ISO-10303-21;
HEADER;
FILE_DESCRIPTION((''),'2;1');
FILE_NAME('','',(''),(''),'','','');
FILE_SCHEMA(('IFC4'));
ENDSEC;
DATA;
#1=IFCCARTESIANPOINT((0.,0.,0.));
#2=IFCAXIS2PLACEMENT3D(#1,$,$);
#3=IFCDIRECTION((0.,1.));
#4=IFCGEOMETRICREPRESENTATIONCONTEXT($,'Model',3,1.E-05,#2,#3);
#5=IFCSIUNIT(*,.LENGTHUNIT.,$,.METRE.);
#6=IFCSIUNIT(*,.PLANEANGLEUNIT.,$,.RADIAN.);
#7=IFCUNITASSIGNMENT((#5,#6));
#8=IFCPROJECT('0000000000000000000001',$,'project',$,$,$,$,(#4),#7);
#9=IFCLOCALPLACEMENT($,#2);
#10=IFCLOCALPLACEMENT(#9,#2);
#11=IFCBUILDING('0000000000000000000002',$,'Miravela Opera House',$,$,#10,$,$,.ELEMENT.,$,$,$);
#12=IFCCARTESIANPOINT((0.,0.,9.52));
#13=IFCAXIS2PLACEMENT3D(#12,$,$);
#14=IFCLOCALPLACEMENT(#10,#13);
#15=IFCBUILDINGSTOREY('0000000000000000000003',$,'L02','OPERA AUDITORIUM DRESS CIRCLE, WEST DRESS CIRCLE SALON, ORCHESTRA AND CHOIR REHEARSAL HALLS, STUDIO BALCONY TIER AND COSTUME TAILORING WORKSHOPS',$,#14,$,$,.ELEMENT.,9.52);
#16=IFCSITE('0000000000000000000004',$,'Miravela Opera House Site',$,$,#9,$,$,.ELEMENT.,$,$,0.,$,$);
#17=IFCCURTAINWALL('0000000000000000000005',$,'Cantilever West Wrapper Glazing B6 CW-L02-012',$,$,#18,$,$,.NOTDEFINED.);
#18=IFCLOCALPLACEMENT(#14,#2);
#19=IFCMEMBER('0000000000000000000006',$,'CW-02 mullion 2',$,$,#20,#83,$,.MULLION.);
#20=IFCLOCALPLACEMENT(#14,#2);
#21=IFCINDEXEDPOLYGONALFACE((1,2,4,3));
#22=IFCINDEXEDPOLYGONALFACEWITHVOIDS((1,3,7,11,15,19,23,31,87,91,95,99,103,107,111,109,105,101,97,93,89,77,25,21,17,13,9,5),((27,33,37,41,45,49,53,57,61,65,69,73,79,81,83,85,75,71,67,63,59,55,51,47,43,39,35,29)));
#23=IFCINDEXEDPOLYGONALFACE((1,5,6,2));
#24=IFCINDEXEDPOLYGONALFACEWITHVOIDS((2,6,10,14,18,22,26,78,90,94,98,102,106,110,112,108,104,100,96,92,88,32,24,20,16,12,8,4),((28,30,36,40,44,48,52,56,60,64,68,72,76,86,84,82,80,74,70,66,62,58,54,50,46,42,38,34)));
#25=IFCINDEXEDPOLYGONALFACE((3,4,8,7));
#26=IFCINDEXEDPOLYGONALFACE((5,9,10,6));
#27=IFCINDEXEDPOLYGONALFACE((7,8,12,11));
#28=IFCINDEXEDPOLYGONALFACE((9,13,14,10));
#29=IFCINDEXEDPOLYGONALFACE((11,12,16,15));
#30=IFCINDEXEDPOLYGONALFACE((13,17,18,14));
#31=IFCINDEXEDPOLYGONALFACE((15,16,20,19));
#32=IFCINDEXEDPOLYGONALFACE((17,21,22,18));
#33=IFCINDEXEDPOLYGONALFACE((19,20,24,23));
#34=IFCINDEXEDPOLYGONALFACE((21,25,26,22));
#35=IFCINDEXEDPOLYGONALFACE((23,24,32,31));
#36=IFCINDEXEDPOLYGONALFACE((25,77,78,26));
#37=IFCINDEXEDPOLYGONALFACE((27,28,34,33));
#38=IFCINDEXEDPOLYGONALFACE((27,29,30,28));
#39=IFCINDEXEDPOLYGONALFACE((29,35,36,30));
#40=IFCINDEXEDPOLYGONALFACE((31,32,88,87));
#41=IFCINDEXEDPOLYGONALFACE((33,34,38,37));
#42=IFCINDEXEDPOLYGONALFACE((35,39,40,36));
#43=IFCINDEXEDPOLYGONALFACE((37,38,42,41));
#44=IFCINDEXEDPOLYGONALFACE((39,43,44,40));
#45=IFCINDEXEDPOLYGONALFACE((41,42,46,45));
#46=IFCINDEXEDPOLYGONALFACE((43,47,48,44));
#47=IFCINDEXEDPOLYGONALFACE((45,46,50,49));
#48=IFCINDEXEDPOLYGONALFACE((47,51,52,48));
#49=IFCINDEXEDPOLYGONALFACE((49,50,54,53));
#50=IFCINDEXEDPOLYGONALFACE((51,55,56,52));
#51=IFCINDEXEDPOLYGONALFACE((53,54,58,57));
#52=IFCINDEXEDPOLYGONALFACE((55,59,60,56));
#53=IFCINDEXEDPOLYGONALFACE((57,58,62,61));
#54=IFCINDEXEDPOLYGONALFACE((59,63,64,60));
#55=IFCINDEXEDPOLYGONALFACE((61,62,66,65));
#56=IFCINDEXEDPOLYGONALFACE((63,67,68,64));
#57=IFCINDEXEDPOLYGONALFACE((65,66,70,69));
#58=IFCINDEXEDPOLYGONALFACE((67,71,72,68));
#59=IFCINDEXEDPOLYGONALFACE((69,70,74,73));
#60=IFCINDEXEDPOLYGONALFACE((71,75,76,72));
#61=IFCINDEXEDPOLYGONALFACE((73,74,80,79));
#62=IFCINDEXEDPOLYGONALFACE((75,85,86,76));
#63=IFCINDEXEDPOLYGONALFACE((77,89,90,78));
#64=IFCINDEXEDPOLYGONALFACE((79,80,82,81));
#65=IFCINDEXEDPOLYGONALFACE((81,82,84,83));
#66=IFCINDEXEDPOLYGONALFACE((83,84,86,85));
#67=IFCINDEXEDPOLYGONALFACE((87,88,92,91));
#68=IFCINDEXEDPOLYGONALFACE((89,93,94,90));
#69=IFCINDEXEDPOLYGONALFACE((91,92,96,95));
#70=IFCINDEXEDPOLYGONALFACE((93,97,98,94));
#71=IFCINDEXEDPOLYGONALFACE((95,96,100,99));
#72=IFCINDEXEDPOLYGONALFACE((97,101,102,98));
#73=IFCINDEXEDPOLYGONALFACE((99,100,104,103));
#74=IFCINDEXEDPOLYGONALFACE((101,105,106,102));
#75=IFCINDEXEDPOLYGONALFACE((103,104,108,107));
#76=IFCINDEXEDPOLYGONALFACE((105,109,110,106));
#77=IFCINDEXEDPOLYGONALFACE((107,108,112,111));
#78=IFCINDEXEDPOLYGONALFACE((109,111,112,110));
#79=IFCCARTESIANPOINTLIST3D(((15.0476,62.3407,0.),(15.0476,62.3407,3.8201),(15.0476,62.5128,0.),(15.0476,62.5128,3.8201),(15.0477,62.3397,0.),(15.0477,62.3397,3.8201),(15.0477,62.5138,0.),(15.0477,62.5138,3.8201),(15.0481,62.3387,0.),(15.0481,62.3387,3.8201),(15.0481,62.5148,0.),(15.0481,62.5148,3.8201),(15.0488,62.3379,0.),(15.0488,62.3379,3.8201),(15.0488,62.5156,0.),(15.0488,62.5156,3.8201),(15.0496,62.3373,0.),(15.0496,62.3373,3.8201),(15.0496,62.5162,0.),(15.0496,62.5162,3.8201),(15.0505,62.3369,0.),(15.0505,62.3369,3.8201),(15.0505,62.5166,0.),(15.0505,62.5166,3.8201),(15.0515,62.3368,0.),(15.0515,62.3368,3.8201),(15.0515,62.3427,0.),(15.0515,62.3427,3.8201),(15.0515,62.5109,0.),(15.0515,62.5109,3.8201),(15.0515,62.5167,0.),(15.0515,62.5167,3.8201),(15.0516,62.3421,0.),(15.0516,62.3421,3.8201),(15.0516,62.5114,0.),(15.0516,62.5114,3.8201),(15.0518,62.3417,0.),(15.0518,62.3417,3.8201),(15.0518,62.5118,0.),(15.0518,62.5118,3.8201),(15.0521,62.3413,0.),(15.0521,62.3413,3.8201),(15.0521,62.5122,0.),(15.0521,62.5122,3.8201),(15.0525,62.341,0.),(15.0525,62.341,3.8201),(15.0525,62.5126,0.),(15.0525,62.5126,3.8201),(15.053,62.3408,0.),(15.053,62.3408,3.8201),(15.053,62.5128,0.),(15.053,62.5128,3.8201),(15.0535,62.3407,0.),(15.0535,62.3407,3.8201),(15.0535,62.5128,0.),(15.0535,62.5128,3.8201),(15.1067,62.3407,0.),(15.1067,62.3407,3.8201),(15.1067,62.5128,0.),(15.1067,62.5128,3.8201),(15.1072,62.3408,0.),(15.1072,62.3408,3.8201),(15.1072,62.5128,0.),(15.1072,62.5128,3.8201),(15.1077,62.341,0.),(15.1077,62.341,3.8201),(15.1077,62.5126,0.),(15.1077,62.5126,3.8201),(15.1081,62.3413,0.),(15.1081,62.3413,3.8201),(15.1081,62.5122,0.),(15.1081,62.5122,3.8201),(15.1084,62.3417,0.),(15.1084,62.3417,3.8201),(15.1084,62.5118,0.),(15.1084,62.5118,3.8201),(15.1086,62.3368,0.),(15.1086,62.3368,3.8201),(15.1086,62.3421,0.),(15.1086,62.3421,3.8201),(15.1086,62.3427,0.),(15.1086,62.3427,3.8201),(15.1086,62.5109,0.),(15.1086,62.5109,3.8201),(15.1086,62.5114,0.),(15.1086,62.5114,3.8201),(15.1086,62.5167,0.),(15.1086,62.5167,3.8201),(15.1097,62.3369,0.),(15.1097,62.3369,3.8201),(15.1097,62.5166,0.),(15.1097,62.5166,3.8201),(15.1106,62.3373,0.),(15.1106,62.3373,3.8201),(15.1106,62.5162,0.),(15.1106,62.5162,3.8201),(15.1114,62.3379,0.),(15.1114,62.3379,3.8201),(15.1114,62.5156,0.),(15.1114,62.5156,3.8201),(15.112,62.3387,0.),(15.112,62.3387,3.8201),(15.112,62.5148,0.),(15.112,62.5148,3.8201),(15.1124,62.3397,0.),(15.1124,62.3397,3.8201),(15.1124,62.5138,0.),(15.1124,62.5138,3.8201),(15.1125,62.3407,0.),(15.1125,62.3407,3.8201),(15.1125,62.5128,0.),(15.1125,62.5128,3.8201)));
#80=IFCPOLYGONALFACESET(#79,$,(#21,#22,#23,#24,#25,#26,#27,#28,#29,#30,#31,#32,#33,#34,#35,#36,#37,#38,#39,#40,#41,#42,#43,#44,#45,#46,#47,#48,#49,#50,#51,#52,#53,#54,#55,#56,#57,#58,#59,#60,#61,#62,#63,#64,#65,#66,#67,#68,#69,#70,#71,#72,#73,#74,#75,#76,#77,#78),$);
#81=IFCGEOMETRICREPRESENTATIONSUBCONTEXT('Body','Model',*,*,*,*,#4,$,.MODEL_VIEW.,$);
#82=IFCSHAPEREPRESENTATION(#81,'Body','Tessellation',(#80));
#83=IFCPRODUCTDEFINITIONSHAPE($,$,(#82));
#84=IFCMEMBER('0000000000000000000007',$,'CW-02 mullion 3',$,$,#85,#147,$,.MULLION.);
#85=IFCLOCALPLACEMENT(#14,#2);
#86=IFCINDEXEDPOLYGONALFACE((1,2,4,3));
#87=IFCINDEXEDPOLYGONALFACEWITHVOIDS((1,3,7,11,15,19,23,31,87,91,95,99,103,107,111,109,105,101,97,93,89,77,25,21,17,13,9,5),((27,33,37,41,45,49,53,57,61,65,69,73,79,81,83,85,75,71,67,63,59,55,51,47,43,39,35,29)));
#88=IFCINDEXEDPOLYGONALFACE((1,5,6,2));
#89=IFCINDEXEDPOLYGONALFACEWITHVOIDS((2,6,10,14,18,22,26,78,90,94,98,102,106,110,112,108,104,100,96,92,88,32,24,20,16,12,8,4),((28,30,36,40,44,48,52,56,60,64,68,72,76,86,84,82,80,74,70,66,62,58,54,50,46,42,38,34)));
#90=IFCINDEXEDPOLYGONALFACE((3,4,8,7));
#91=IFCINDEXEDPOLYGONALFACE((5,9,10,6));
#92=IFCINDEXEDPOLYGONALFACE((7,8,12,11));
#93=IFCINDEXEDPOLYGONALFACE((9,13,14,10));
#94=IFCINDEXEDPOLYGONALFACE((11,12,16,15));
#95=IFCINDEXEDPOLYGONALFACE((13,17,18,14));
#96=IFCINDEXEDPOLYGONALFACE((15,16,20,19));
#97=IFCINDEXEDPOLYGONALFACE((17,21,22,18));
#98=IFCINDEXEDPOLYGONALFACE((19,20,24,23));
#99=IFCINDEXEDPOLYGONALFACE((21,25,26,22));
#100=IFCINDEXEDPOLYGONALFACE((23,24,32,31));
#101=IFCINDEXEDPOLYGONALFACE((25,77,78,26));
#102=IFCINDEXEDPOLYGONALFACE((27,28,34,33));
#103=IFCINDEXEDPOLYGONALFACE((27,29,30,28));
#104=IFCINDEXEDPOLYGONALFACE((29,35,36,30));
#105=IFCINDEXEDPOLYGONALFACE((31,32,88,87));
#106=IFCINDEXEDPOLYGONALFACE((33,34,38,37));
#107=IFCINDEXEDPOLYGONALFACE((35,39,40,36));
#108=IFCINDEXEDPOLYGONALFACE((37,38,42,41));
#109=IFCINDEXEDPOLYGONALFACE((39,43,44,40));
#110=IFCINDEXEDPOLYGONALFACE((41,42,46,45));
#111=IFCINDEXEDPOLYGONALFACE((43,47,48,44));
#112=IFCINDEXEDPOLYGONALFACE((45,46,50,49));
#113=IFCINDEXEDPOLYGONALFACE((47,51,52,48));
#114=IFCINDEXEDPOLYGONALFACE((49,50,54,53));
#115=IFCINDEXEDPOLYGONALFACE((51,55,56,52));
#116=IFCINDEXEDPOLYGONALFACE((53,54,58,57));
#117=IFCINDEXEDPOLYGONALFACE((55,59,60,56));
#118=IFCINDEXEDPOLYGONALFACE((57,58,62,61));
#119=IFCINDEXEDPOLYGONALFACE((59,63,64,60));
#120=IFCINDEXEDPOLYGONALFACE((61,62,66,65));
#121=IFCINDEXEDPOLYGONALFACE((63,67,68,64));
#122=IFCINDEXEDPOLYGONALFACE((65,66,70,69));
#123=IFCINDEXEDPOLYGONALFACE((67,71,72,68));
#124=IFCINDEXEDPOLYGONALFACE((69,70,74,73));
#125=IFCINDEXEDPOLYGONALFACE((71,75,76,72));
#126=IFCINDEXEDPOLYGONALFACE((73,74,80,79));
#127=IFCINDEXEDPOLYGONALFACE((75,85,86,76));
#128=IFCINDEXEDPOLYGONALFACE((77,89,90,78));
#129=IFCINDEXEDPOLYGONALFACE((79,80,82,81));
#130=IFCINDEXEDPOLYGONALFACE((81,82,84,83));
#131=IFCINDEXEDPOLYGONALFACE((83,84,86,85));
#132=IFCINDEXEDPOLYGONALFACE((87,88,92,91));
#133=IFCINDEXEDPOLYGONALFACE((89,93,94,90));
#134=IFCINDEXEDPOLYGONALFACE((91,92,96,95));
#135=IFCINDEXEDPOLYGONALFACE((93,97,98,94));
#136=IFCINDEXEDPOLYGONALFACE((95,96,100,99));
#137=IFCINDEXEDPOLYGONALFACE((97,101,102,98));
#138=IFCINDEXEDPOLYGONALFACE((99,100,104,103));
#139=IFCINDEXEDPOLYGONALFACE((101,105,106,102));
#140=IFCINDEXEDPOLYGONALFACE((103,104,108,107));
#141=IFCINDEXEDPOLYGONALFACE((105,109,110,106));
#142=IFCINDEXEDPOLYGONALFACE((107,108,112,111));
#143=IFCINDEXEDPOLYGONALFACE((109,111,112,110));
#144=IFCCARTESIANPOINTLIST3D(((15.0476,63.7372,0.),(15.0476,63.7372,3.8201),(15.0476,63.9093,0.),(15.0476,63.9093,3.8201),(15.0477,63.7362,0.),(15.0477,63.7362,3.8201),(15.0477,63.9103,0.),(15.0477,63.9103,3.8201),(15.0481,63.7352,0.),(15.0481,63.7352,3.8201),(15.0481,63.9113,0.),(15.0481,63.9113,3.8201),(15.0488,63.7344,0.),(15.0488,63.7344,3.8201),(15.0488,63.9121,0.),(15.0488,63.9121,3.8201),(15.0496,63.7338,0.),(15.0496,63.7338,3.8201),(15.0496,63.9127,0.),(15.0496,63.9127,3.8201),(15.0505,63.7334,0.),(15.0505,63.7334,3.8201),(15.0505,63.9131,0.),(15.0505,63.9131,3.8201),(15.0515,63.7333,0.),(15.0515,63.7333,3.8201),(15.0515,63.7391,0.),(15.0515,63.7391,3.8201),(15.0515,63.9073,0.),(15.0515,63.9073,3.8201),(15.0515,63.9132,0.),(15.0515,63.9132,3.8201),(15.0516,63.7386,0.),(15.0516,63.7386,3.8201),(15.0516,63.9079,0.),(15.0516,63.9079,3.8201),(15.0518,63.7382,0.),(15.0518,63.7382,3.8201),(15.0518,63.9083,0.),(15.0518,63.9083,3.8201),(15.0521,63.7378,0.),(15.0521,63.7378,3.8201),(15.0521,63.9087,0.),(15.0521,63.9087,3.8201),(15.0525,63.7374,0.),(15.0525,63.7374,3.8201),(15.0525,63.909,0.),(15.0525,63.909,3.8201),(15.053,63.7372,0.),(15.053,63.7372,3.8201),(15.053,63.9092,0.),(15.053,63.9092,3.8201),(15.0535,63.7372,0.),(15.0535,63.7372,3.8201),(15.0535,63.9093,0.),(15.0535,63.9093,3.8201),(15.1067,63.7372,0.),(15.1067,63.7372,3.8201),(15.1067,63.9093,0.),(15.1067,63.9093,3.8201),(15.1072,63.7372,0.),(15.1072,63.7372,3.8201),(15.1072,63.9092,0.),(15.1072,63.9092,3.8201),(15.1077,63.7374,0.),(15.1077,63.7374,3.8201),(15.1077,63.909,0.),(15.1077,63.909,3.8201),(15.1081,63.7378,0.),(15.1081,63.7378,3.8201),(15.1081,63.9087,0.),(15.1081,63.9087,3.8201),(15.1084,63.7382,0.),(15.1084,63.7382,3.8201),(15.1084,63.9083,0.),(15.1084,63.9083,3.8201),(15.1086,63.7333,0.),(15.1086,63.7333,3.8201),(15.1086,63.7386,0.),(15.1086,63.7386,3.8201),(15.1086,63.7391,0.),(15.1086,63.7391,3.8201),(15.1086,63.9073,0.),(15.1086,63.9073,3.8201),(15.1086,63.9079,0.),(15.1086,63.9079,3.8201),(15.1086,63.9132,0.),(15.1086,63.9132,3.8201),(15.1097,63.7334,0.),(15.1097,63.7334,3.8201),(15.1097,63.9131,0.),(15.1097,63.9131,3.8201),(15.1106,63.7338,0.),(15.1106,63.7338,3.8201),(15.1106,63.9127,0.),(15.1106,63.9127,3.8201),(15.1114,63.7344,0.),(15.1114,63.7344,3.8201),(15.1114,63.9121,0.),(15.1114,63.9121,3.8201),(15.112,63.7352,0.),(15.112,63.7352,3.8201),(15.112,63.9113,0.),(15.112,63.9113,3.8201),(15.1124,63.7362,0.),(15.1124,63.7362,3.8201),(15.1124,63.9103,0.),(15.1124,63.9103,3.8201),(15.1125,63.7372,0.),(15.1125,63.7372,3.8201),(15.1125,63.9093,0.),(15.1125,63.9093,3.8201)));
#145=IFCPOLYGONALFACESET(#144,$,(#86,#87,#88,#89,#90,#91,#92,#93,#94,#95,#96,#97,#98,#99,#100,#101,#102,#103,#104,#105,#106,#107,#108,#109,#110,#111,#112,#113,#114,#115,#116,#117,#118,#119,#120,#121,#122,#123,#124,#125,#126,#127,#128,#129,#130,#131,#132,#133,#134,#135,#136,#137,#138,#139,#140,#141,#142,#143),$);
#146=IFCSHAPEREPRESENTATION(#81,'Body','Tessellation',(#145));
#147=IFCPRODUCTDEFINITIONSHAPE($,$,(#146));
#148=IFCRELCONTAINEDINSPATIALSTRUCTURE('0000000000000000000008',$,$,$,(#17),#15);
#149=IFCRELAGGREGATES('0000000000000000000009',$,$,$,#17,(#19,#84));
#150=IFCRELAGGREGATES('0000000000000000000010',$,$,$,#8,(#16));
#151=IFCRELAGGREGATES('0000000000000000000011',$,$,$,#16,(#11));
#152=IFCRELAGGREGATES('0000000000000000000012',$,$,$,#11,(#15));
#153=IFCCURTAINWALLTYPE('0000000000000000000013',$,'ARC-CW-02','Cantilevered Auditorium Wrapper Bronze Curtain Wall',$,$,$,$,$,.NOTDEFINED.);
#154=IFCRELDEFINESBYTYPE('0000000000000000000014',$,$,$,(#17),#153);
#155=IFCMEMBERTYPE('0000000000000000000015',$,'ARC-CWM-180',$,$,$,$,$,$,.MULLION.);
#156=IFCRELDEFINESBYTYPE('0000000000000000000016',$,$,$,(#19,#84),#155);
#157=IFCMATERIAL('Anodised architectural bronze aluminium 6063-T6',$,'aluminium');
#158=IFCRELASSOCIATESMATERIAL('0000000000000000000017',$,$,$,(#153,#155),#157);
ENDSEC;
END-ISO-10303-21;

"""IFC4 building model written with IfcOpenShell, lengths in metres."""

from ifc_helpers import new_model, si_unit, direction, frame, origin, origin_2d, place, context, subcontext, project, spatial, hollow_rectangle, extrude, material, material_profile, profile_set, type_object, element, aggregate, save


model = new_model("IFC4")

# Units and contexts
model_context = context("Model", 3, precision=1e-05, world=origin(), true_north=direction((0.0, 1.0)))
body_context = subcontext(model_context, "Body", "Model", "MODEL_VIEW")
ifc_project = project(units=[si_unit("LENGTHUNIT", "METRE"), si_unit("PLANEANGLEUNIT", "RADIAN")], contexts=[model_context])

# Site, building, storey
site_placement = place(None, origin())
site = spatial("IfcSite", under=ifc_project, at=site_placement, Name="Miravela Opera House Site", CompositionType="ELEMENT", RefElevation=0.0)
building_placement = place(site_placement, origin())
building = spatial("IfcBuilding", under=site, at=building_placement, Name="Miravela Opera House", CompositionType="ELEMENT")
storey_placement = place(building_placement, frame((0.0, 0.0, 9.52)))
storey = spatial("IfcBuildingStorey", under=building, at=storey_placement, Name="L02", Description="OPERA AUDITORIUM DRESS CIRCLE, WEST DRESS CIRCLE SALON, ORCHESTRA AND CHOIR REHEARSAL HALLS, STUDIO BALCONY TIER AND COSTUME TAILORING WORKSHOPS", CompositionType="ELEMENT", Elevation=9.52)

# Curtain wall, members
ifc_material_1 = material(Name="Anodised architectural bronze aluminium 6063-T6", Category="aluminium")
curtain_wall_type = type_object("IfcCurtainWallType", Name="ARC-CW-02", Description="Cantilevered Auditorium Wrapper Bronze Curtain Wall", PredefinedType="NOTDEFINED", material=ifc_material_1)
curtain_wall_1_placement = place(storey_placement, origin())
curtain_wall_1 = element("IfcCurtainWall", 1, at=curtain_wall_1_placement, inside=storey, type_object=curtain_wall_type, Name="Cantilever West Wrapper Glazing B6 CW-L02-012", PredefinedType="NOTDEFINED")
ifc_material_profile_1 = material_profile(ifc_material_1, hollow_rectangle(XDim=0.0649, YDim=0.1799, WallThickness=0.0039, InnerFilletRadius=0.002, OuterFilletRadius=0.0039, at=origin_2d()), Name="CWM-65X180")
ifc_profile_set_1 = profile_set([ifc_material_profile_1])
member_type_1 = type_object("IfcMemberType", Name="ARC-CWM-180", PredefinedType="MULLION", material=ifc_profile_set_1)
member_1_placement = place(storey_placement, frame((15.0801, 62.4268, 0.0), z_axis=(0.0, 0.0, 1.0), x_axis=(-1.0, 0.0, 0.0)))
member_1 = element("IfcMember", 2, at=member_1_placement, type_object=member_type_1, Name="CW-02 mullion 2", PredefinedType="MULLION", context=body_context, shape_type="SweptSolid", body=[
    extrude(hollow_rectangle(XDim=0.0649, YDim=0.1799, WallThickness=0.0039, InnerFilletRadius=0.002, OuterFilletRadius=0.0039, at=origin_2d()), origin(), (0.0, 0.0, 1.0), 3.8201),
])
member_2_placement = place(storey_placement, frame((15.0801, 63.8232, 0.0), z_axis=(0.0, 0.0, 1.0), x_axis=(-1.0, 0.0, 0.0)))
member_2 = element("IfcMember", 3, at=member_2_placement, type_object=member_type_1, Name="CW-02 mullion 3", PredefinedType="MULLION", context=body_context, shape_type="SweptSolid", body=[
    extrude(hollow_rectangle(XDim=0.0649, YDim=0.1799, WallThickness=0.0039, InnerFilletRadius=0.002, OuterFilletRadius=0.0039, at=origin_2d()), origin(), (0.0, 0.0, 1.0), 3.8201),
])

aggregate(curtain_wall_1, [member_1, member_2])

save(model, "model.ifc")
